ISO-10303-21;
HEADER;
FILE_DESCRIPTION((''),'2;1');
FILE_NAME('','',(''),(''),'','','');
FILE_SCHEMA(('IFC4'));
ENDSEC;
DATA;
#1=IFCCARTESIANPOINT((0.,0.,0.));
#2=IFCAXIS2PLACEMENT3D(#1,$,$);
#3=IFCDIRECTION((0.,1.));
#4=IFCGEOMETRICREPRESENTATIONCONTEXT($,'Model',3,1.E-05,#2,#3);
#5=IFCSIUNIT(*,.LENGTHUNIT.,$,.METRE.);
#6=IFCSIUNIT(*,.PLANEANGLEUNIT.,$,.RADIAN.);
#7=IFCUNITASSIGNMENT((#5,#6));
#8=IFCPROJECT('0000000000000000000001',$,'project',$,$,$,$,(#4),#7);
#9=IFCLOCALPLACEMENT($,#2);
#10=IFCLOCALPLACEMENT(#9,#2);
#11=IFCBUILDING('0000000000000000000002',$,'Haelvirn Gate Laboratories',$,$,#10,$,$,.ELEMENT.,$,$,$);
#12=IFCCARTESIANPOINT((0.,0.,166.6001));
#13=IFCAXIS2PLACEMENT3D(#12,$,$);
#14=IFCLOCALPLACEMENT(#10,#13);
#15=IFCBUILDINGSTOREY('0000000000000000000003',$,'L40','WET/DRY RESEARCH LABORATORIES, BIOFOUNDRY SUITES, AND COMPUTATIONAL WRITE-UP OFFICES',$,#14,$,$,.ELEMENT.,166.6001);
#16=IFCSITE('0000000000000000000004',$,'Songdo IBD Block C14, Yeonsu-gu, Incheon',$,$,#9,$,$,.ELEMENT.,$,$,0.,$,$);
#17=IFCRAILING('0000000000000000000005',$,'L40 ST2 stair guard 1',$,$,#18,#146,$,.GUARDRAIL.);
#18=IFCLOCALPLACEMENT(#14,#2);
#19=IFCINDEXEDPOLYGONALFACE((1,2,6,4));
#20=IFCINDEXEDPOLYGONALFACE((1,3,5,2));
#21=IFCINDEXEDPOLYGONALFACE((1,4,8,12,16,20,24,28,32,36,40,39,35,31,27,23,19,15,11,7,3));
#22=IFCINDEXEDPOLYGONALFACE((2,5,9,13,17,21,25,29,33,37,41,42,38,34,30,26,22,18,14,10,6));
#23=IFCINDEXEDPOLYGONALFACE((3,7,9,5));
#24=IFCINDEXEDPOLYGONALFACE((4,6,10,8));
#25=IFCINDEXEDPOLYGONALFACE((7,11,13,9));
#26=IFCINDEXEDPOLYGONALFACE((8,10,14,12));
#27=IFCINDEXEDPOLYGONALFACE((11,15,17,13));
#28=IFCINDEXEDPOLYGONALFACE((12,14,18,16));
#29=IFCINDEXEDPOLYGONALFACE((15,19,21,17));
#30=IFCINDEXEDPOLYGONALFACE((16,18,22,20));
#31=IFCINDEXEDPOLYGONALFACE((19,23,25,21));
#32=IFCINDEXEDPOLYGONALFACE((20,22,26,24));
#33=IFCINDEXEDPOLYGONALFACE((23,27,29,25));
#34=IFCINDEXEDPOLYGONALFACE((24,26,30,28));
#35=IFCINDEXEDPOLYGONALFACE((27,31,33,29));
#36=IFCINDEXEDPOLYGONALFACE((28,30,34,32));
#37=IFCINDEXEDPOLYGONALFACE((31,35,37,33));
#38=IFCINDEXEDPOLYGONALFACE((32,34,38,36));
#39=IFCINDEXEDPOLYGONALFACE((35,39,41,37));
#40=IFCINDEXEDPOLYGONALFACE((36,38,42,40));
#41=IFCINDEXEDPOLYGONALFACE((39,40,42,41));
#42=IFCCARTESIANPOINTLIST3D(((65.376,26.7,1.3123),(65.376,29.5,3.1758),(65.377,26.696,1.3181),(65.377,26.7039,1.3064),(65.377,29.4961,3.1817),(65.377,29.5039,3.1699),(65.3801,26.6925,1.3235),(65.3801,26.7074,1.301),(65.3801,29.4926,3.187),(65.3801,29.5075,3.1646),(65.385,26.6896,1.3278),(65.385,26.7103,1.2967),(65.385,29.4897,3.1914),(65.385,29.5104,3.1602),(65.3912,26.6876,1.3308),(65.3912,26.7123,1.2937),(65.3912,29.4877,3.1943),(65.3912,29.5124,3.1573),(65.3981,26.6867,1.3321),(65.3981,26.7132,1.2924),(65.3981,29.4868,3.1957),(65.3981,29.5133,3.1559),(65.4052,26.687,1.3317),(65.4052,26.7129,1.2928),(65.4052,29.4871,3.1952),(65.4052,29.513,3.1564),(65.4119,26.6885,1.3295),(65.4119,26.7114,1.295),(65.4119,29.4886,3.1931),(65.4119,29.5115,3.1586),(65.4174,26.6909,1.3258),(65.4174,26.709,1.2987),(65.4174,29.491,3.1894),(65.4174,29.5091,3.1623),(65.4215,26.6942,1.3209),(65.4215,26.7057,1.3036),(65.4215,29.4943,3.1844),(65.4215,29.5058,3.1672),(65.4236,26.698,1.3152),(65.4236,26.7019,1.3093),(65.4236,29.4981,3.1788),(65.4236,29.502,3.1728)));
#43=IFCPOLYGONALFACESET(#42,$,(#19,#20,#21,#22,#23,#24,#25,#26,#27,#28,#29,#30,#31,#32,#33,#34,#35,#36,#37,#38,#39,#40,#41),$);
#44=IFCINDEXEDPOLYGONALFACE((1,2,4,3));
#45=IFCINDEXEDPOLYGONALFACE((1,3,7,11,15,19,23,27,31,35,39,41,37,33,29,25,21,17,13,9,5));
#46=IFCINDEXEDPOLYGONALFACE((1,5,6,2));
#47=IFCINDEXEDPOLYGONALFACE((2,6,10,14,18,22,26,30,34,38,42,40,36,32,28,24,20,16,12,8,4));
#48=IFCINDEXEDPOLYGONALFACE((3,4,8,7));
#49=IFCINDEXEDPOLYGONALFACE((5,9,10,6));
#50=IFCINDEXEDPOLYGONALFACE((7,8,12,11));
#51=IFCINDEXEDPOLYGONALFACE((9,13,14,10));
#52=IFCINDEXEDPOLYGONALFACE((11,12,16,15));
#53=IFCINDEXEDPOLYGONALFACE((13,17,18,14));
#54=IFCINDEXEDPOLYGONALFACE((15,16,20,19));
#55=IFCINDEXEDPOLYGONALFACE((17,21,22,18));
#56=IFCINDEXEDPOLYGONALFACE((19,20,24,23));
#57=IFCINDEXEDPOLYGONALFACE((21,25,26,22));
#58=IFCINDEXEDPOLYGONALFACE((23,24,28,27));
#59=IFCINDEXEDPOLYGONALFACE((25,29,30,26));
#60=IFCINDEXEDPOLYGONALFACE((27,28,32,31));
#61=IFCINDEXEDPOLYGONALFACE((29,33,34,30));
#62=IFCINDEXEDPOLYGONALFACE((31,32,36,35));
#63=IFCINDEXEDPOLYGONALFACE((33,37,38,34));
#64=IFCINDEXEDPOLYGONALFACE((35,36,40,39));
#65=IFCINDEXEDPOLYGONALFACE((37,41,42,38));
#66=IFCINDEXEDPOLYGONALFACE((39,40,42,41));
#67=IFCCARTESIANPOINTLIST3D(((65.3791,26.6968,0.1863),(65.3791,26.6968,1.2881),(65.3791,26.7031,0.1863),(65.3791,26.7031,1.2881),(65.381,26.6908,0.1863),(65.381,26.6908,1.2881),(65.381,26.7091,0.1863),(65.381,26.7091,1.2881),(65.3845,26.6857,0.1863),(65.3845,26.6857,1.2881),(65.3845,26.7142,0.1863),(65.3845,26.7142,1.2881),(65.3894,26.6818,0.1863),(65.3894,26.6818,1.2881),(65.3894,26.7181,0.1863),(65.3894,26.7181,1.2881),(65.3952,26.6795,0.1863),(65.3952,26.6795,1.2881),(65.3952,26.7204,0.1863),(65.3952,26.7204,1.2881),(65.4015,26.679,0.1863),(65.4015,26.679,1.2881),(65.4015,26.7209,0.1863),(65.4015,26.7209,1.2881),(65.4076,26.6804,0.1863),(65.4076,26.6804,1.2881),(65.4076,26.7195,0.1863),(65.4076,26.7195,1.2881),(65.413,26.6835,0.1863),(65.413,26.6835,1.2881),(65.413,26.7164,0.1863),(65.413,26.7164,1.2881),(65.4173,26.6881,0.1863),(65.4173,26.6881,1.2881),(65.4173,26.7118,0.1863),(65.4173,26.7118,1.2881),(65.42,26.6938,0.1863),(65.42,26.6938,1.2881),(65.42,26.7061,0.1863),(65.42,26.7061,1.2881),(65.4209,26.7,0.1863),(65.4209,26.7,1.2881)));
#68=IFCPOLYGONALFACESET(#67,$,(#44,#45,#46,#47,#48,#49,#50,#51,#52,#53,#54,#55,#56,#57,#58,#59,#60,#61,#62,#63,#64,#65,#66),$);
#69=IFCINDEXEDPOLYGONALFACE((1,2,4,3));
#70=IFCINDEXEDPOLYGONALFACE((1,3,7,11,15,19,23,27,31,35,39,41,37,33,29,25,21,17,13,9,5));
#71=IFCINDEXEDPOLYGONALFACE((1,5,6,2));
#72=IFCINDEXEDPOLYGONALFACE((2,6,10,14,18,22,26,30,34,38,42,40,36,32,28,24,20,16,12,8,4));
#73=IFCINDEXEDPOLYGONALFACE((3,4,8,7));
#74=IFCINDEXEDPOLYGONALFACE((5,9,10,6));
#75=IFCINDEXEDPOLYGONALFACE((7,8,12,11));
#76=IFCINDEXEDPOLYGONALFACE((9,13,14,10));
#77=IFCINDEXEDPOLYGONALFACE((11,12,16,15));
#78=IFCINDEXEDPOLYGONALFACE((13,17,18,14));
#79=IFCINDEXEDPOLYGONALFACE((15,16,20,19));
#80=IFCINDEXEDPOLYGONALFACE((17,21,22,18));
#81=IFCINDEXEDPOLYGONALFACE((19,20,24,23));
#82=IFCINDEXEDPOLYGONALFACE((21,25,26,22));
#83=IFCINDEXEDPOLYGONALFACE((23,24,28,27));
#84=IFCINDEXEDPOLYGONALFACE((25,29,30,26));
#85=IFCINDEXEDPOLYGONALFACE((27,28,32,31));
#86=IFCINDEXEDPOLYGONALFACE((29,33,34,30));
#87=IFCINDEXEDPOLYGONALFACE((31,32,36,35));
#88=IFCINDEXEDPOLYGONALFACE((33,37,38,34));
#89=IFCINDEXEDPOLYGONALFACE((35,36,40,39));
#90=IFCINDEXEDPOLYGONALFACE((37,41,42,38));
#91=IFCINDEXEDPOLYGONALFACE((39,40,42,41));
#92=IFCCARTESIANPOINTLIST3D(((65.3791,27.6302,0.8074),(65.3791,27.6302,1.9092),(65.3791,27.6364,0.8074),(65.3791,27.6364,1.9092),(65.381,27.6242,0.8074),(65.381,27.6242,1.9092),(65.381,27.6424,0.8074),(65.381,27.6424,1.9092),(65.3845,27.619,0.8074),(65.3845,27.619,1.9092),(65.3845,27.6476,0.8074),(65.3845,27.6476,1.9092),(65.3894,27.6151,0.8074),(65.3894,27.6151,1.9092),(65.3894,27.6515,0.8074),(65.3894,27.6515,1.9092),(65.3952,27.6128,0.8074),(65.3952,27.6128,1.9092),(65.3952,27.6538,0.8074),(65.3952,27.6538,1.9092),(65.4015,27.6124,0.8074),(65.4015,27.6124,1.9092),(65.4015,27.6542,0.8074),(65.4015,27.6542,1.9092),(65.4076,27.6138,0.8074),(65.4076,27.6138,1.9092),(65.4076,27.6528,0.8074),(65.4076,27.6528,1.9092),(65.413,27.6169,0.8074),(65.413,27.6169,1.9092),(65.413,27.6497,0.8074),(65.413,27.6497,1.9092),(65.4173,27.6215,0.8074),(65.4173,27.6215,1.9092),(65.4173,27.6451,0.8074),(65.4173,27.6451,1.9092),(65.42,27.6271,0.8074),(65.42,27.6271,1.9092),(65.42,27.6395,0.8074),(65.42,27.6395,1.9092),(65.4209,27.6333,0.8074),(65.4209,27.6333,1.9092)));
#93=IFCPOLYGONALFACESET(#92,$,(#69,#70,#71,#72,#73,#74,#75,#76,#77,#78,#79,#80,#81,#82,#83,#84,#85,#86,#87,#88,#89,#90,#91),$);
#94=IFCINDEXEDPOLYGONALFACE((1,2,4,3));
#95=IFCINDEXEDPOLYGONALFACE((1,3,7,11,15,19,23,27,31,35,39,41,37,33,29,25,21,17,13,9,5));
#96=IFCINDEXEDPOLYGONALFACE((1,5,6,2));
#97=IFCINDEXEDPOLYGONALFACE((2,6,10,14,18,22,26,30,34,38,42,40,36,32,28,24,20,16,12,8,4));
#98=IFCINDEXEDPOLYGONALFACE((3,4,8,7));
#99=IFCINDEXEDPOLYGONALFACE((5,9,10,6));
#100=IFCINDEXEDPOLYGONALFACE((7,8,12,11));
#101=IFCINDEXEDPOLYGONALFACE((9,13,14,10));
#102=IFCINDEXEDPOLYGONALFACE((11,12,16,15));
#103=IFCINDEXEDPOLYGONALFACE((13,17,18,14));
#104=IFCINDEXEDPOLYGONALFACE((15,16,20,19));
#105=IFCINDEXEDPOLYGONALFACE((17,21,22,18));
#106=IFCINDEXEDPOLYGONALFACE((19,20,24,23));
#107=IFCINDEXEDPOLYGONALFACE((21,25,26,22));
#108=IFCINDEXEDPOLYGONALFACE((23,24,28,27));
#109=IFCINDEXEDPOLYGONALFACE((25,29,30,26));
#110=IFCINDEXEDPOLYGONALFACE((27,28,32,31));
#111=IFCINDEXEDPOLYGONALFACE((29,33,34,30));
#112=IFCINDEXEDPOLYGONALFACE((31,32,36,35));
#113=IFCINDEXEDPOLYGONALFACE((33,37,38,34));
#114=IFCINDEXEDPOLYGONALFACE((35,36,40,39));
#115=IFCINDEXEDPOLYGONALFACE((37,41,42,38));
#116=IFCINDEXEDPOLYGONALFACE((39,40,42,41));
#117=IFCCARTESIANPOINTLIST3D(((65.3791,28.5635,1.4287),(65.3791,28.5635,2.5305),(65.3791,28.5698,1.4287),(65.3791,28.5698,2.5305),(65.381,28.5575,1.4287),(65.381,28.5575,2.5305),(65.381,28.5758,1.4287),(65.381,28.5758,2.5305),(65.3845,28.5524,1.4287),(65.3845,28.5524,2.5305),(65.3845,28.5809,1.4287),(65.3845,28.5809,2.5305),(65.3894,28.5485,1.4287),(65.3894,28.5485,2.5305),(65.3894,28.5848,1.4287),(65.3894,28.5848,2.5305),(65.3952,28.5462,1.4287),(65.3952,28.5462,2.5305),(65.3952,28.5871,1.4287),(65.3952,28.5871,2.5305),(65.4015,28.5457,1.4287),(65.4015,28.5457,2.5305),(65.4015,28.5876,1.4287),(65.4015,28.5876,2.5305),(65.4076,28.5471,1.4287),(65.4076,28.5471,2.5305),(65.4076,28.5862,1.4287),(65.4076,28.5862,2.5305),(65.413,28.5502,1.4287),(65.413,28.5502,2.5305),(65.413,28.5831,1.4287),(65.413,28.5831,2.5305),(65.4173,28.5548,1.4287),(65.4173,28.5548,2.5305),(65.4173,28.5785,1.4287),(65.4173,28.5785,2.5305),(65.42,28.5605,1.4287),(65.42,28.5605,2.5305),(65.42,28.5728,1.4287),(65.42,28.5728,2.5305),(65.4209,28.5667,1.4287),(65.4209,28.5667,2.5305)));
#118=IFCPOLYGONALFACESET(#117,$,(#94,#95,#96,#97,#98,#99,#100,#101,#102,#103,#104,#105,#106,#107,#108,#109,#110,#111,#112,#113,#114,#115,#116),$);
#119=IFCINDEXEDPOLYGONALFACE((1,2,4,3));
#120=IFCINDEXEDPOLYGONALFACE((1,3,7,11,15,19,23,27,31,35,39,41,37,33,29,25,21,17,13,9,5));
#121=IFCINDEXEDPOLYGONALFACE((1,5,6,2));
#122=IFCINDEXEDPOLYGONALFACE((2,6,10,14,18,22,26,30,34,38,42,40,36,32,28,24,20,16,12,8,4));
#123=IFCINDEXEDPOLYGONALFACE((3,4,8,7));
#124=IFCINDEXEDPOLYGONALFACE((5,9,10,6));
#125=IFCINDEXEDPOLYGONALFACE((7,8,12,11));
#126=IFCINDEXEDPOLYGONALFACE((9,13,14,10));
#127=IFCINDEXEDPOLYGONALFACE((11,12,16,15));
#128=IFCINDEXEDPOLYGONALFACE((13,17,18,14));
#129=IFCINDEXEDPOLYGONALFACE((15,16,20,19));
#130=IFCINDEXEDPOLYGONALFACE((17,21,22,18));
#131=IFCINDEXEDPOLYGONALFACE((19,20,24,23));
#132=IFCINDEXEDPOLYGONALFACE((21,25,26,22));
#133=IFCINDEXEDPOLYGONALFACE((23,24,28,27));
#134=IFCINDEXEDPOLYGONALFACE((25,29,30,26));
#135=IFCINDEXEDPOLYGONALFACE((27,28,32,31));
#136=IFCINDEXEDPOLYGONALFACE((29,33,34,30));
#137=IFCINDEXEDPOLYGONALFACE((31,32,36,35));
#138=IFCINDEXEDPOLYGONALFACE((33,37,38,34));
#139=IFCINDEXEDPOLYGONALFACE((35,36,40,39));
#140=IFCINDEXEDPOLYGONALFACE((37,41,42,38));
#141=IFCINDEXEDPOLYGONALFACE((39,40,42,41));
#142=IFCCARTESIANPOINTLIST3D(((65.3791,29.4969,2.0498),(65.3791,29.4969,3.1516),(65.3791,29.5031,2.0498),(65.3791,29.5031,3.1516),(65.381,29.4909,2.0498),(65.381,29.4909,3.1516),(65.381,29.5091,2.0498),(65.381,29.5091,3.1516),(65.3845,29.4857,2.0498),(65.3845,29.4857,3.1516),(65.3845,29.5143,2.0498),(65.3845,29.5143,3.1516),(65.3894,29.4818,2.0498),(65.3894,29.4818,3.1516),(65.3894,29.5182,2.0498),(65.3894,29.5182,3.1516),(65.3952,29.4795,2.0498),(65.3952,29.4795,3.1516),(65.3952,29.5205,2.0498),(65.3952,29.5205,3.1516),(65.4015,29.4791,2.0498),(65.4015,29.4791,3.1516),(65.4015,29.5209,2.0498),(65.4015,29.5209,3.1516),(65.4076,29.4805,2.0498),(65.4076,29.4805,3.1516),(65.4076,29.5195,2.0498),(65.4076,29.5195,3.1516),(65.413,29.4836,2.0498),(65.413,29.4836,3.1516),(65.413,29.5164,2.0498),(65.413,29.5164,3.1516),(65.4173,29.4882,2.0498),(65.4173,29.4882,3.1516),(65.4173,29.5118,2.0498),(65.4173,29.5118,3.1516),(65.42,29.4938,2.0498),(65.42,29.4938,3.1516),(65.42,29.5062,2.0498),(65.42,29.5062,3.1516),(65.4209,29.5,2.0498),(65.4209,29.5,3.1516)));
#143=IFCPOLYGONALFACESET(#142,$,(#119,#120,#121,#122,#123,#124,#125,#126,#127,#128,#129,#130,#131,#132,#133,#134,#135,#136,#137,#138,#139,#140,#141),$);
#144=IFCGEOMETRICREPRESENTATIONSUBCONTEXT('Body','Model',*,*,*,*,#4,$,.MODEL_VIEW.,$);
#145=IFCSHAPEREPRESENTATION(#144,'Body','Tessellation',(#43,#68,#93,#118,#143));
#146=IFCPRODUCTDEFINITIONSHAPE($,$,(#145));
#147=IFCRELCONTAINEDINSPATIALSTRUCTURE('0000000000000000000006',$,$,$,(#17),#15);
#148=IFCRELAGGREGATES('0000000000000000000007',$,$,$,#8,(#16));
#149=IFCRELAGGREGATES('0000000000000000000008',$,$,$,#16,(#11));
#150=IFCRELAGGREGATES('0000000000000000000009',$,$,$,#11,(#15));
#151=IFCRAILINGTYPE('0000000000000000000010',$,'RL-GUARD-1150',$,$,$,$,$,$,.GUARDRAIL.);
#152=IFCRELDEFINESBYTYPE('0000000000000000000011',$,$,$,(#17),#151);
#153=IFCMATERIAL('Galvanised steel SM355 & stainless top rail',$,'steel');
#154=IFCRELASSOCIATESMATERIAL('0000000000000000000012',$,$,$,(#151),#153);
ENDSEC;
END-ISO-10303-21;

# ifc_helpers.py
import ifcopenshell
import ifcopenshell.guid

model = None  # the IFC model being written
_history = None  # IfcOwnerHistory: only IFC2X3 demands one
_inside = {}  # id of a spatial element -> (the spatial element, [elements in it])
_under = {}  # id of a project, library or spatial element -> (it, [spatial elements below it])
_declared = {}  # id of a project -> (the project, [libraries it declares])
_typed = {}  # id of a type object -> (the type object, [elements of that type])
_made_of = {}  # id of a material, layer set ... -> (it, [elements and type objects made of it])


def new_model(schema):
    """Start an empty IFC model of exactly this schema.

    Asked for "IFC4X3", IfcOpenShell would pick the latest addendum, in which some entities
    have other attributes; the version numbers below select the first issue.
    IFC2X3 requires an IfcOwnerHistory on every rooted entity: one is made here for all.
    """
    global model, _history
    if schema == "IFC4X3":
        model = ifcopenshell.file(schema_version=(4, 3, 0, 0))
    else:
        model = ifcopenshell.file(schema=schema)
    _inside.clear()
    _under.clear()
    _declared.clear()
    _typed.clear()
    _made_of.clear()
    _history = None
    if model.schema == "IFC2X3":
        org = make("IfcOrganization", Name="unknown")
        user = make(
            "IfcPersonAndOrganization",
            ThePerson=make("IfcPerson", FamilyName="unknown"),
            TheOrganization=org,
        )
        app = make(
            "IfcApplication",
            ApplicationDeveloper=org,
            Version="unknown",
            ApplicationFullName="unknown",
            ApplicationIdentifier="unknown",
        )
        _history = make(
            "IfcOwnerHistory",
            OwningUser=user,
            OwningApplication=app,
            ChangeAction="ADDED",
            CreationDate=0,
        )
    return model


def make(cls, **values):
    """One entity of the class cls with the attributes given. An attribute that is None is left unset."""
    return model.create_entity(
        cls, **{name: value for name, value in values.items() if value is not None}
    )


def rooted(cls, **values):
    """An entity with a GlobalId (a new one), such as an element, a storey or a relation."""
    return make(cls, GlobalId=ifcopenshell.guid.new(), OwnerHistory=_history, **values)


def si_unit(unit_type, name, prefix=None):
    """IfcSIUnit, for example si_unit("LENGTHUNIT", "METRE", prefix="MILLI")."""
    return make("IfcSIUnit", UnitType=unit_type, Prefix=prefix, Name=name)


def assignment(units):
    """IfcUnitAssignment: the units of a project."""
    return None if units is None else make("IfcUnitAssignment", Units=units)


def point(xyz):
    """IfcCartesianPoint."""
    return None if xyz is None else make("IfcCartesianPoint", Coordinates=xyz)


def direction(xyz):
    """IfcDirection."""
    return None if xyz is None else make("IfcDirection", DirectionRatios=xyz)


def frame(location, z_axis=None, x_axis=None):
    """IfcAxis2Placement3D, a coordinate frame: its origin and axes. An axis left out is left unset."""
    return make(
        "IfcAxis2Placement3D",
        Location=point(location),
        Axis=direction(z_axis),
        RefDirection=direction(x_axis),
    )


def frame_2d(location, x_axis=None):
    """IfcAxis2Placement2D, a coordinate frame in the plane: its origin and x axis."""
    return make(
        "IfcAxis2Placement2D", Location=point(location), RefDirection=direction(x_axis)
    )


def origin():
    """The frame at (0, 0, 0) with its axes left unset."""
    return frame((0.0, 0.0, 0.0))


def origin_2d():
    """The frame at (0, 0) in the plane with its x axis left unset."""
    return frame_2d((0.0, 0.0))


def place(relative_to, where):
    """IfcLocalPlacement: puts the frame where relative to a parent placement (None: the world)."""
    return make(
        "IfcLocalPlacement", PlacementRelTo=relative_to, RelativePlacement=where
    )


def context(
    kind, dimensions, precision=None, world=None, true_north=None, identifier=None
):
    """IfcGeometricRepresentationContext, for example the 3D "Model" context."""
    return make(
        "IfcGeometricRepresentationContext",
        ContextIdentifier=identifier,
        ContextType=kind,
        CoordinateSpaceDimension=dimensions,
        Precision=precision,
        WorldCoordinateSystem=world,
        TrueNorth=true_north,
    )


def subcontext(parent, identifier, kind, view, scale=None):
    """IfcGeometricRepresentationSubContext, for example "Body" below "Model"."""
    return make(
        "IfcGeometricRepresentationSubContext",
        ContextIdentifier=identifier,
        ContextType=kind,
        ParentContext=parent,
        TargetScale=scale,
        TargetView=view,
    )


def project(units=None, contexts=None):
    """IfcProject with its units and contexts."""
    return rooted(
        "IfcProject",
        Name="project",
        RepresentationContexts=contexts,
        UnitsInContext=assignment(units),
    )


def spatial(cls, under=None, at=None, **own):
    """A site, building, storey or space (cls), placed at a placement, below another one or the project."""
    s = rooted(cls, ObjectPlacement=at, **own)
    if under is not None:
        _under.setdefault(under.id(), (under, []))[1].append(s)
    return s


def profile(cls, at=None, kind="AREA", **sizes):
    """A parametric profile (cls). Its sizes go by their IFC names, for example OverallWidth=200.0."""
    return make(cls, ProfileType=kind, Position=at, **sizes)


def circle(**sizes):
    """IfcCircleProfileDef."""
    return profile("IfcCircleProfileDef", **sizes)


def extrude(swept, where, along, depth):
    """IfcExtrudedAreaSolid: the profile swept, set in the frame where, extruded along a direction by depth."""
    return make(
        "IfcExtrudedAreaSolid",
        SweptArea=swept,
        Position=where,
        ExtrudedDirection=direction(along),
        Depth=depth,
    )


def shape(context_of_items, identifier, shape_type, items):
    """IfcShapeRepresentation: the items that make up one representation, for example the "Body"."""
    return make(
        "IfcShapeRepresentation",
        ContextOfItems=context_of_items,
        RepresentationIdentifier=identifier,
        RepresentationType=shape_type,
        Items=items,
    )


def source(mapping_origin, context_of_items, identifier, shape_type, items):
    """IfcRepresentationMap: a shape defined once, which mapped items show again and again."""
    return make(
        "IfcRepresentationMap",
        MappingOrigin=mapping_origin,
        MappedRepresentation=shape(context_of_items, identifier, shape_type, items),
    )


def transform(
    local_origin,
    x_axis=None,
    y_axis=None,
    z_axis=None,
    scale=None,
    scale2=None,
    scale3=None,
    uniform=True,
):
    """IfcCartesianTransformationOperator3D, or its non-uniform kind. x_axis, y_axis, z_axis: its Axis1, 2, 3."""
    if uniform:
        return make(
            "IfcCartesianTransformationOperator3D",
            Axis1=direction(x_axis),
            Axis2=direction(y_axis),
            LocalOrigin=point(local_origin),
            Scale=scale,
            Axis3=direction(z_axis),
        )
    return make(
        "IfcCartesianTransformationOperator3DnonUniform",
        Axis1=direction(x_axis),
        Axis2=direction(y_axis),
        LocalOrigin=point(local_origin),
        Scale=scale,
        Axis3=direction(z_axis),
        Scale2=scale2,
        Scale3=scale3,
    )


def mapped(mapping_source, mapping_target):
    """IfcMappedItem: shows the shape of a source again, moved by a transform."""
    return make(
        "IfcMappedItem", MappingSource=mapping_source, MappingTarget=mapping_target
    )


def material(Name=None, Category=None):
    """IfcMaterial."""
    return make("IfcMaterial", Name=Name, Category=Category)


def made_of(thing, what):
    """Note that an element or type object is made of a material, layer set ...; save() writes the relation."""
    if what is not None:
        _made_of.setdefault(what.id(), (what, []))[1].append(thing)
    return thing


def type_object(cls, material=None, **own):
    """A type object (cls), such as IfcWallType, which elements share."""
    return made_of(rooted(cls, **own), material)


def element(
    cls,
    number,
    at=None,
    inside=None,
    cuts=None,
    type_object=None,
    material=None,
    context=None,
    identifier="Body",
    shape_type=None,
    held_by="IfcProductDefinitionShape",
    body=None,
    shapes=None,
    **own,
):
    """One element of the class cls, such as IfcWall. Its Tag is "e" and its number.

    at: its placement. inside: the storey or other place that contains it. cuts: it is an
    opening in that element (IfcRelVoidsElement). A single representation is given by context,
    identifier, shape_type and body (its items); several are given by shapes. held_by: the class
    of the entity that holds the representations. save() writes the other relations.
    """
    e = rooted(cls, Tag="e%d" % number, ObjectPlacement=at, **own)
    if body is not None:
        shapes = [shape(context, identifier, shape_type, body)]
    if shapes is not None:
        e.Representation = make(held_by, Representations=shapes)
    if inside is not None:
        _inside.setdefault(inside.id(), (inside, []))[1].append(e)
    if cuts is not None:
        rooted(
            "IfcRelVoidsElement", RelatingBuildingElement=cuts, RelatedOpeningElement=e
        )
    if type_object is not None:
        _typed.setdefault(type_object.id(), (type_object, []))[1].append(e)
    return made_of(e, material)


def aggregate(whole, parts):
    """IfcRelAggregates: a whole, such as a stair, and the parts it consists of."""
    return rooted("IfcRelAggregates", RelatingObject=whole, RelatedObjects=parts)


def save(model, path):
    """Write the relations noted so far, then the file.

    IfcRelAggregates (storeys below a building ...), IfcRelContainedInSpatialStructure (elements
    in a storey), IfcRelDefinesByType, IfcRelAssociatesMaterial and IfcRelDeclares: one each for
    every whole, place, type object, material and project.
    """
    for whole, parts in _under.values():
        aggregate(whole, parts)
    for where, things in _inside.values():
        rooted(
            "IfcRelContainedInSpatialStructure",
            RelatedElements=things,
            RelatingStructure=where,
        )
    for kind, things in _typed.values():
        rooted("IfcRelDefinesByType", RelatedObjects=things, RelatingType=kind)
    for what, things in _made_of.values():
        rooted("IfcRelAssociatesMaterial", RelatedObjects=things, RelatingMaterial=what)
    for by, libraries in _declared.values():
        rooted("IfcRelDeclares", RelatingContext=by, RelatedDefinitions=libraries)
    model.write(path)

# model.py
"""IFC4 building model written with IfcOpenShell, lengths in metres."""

from ifc_helpers import new_model, si_unit, direction, frame, origin, origin_2d, place, context, subcontext, project, spatial, circle, extrude, source, transform, mapped, material, type_object, element, save


model = new_model("IFC4")

# Units and contexts
model_context = context("Model", 3, precision=1e-05, world=origin(), true_north=direction((0.0, 1.0)))
body_context = subcontext(model_context, "Body", "Model", "MODEL_VIEW")
ifc_project = project(units=[si_unit("LENGTHUNIT", "METRE"), si_unit("PLANEANGLEUNIT", "RADIAN")], contexts=[model_context])

# Site, building, storey
site_placement = place(None, origin())
site = spatial("IfcSite", under=ifc_project, at=site_placement, Name="Songdo IBD Block C14, Yeonsu-gu, Incheon", CompositionType="ELEMENT", RefElevation=0.0)
building_placement = place(site_placement, origin())
building = spatial("IfcBuilding", under=site, at=building_placement, Name="Haelvirn Gate Laboratories", CompositionType="ELEMENT")
storey_placement = place(building_placement, frame((0.0, 0.0, 166.6001)))
storey = spatial("IfcBuildingStorey", under=building, at=storey_placement, Name="L40", Description="WET/DRY RESEARCH LABORATORIES, BIOFOUNDRY SUITES, AND COMPUTATIONAL WRITE-UP OFFICES", CompositionType="ELEMENT", Elevation=166.6001)

# Railing
ifc_material_1 = material(Name="Galvanised steel SM355 & stainless top rail", Category="steel")
railing_type_1 = type_object("IfcRailingType", Name="RL-GUARD-1150", PredefinedType="GUARDRAIL", material=ifc_material_1)
shared_shape_1 = source(origin(), body_context, "Body", "SweptSolid", [
    extrude(circle(Radius=0.0239, at=origin_2d()), frame((0.0, 0.0, 1.126), z_axis=(0.0, 0.832486, 0.554047), x_axis=(-1.0, 0.0, 0.0)), (0.0, 0.0, 1.0), 3.3635),
    extrude(circle(Radius=0.021, at=origin_2d()), origin(), (0.0, 0.0, 1.0), 1.1018),
    extrude(circle(Radius=0.021, at=origin_2d()), frame((0.0, 0.9333, 0.6211)), (0.0, 0.0, 1.0), 1.1018),
    extrude(circle(Radius=0.021, at=origin_2d()), frame((0.0, 1.8667, 1.2424)), (0.0, 0.0, 1.0), 1.1018),
    extrude(circle(Radius=0.021, at=origin_2d()), frame((0.0, 2.8, 1.8635)), (0.0, 0.0, 1.0), 1.1018),
])
railing_1_placement = place(storey_placement, frame((65.3999, 26.7, 0.1863)))
element("IfcRailing", 1, at=railing_1_placement, inside=storey, type_object=railing_type_1, Name="L40 ST2 stair guard 1", PredefinedType="GUARDRAIL", context=body_context, shape_type="MappedRepresentation", body=[
    mapped(shared_shape_1, transform((0.0, 0.0, 0.0), scale=1.0)),
])

save(model, "model.ifc")
